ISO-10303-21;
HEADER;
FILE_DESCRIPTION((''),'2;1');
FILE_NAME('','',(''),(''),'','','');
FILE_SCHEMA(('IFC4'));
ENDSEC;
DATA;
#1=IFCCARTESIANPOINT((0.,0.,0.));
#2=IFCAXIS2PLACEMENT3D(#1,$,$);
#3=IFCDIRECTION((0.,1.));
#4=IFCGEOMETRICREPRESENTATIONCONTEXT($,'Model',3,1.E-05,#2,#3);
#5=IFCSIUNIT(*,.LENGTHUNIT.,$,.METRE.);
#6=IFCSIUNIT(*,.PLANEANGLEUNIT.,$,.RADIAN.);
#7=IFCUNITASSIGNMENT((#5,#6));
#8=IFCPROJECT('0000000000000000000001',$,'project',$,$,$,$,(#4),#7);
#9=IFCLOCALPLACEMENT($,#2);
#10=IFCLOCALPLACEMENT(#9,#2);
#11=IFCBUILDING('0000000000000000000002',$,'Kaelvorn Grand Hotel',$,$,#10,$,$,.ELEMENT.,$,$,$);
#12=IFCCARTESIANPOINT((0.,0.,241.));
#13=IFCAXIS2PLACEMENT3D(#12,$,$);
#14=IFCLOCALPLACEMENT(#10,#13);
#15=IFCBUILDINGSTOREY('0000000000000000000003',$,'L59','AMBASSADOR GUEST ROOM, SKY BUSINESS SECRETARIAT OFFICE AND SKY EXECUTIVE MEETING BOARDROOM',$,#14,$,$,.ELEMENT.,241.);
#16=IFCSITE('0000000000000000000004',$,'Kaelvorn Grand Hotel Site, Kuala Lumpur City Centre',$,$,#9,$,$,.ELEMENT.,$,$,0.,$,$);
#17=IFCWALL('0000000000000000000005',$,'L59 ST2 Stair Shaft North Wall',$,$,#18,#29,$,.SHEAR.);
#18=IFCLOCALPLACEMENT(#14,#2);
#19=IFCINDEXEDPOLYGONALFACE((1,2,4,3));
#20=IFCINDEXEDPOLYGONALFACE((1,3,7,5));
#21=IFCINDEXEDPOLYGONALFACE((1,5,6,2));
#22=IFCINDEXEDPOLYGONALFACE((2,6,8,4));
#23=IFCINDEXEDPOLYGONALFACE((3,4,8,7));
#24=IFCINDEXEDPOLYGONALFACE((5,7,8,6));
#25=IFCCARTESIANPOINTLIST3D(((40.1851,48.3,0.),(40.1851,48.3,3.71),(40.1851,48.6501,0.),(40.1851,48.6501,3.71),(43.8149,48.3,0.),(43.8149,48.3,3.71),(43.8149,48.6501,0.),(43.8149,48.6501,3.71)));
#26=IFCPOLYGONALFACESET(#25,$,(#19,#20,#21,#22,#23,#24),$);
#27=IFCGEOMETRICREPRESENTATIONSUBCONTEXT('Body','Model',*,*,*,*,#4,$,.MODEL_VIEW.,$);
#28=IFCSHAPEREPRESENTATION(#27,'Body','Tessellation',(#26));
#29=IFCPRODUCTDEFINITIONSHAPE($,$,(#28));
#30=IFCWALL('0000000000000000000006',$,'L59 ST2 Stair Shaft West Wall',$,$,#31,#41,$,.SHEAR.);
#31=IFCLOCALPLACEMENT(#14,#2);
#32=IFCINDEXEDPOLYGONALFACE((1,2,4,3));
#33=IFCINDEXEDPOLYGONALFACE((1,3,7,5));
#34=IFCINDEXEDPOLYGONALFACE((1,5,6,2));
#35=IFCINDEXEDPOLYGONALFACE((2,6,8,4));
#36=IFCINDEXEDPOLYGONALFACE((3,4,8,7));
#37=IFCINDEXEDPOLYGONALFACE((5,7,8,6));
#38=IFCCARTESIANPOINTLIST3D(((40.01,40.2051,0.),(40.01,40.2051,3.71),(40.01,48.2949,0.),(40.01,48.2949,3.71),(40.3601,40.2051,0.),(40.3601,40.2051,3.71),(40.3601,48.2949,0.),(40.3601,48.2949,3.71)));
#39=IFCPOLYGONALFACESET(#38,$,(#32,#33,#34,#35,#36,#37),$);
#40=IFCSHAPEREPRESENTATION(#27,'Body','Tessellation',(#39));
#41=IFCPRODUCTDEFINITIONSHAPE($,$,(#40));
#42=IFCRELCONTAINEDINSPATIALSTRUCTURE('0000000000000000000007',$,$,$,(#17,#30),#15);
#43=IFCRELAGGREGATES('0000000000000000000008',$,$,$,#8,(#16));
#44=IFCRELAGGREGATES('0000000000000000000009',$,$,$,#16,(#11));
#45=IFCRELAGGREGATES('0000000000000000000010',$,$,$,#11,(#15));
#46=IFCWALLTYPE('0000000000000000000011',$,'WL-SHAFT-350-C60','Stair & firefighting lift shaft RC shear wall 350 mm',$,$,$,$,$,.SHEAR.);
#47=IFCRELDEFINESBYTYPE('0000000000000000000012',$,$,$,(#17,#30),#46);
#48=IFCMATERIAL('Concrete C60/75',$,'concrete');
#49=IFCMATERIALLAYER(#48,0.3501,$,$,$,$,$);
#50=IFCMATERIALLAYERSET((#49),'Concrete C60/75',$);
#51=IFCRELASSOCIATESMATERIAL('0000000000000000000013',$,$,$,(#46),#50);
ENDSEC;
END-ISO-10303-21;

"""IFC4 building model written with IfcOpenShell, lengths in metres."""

from ifc_helpers import new_model, si_unit, direction, frame, frame_2d, origin, place, context, subcontext, project, spatial, rectangle, extrude, material, layer, layer_set, type_object, element, save


model = new_model("IFC4")

# Units and contexts
model_context = context("Model", 3, precision=1e-05, world=origin(), true_north=direction((0.0, 1.0)))
body_context = subcontext(model_context, "Body", "Model", "MODEL_VIEW")
ifc_project = project(units=[si_unit("LENGTHUNIT", "METRE"), si_unit("PLANEANGLEUNIT", "RADIAN")], contexts=[model_context])

# Site, building, storey
site_placement = place(None, origin())
site = spatial("IfcSite", under=ifc_project, at=site_placement, Name="Kaelvorn Grand Hotel Site, Kuala Lumpur City Centre", CompositionType="ELEMENT", RefElevation=0.0)
building_placement = place(site_placement, origin())
building = spatial("IfcBuilding", under=site, at=building_placement, Name="Kaelvorn Grand Hotel", CompositionType="ELEMENT")
storey_placement = place(building_placement, frame((0.0, 0.0, 241.0)))
storey = spatial("IfcBuildingStorey", under=building, at=storey_placement, Name="L59", Description="AMBASSADOR GUEST ROOM, SKY BUSINESS SECRETARIAT OFFICE AND SKY EXECUTIVE MEETING BOARDROOM", CompositionType="ELEMENT", Elevation=241.0)

# Shared definitions
ifc_material_1 = material(Name="Concrete C60/75", Category="concrete")
ifc_layer_1 = layer(ifc_material_1, 0.3501)
ifc_layer_set_1 = layer_set([ifc_layer_1], Name="Concrete C60/75")
wall_type_1 = type_object("IfcWallType", Name="WL-SHAFT-350-C60", Description="Stair & firefighting lift shaft RC shear wall 350 mm", PredefinedType="SHEAR", material=ifc_layer_set_1)

# Walls
wall_1_placement = place(storey_placement, frame((40.1851, 48.4751, 0.0), z_axis=(0.0, 0.0, 1.0), x_axis=(1.0, 0.0, 0.0)))
element("IfcWall", 1, at=wall_1_placement, inside=storey, type_object=wall_type_1, Name="L59 ST2 Stair Shaft North Wall", PredefinedType="SHEAR", context=body_context, shape_type="SweptSolid", body=[
    extrude(rectangle(XDim=3.6299, YDim=0.3501, at=frame_2d((1.8149, 0.0))), origin(), (0.0, 0.0, 1.0), 3.71),
])
wall_2_placement = place(storey_placement, frame((40.1851, 40.2051, 0.0), z_axis=(0.0, 0.0, 1.0), x_axis=(0.0, 1.0, 0.0)))
element("IfcWall", 2, at=wall_2_placement, inside=storey, type_object=wall_type_1, Name="L59 ST2 Stair Shaft West Wall", PredefinedType="SHEAR", context=body_context, shape_type="SweptSolid", body=[
    extrude(rectangle(XDim=8.0898, YDim=0.3501, at=frame_2d((4.0449, 0.0))), origin(), (0.0, 0.0, 1.0), 3.71),
])

save(model, "model.ifc")
